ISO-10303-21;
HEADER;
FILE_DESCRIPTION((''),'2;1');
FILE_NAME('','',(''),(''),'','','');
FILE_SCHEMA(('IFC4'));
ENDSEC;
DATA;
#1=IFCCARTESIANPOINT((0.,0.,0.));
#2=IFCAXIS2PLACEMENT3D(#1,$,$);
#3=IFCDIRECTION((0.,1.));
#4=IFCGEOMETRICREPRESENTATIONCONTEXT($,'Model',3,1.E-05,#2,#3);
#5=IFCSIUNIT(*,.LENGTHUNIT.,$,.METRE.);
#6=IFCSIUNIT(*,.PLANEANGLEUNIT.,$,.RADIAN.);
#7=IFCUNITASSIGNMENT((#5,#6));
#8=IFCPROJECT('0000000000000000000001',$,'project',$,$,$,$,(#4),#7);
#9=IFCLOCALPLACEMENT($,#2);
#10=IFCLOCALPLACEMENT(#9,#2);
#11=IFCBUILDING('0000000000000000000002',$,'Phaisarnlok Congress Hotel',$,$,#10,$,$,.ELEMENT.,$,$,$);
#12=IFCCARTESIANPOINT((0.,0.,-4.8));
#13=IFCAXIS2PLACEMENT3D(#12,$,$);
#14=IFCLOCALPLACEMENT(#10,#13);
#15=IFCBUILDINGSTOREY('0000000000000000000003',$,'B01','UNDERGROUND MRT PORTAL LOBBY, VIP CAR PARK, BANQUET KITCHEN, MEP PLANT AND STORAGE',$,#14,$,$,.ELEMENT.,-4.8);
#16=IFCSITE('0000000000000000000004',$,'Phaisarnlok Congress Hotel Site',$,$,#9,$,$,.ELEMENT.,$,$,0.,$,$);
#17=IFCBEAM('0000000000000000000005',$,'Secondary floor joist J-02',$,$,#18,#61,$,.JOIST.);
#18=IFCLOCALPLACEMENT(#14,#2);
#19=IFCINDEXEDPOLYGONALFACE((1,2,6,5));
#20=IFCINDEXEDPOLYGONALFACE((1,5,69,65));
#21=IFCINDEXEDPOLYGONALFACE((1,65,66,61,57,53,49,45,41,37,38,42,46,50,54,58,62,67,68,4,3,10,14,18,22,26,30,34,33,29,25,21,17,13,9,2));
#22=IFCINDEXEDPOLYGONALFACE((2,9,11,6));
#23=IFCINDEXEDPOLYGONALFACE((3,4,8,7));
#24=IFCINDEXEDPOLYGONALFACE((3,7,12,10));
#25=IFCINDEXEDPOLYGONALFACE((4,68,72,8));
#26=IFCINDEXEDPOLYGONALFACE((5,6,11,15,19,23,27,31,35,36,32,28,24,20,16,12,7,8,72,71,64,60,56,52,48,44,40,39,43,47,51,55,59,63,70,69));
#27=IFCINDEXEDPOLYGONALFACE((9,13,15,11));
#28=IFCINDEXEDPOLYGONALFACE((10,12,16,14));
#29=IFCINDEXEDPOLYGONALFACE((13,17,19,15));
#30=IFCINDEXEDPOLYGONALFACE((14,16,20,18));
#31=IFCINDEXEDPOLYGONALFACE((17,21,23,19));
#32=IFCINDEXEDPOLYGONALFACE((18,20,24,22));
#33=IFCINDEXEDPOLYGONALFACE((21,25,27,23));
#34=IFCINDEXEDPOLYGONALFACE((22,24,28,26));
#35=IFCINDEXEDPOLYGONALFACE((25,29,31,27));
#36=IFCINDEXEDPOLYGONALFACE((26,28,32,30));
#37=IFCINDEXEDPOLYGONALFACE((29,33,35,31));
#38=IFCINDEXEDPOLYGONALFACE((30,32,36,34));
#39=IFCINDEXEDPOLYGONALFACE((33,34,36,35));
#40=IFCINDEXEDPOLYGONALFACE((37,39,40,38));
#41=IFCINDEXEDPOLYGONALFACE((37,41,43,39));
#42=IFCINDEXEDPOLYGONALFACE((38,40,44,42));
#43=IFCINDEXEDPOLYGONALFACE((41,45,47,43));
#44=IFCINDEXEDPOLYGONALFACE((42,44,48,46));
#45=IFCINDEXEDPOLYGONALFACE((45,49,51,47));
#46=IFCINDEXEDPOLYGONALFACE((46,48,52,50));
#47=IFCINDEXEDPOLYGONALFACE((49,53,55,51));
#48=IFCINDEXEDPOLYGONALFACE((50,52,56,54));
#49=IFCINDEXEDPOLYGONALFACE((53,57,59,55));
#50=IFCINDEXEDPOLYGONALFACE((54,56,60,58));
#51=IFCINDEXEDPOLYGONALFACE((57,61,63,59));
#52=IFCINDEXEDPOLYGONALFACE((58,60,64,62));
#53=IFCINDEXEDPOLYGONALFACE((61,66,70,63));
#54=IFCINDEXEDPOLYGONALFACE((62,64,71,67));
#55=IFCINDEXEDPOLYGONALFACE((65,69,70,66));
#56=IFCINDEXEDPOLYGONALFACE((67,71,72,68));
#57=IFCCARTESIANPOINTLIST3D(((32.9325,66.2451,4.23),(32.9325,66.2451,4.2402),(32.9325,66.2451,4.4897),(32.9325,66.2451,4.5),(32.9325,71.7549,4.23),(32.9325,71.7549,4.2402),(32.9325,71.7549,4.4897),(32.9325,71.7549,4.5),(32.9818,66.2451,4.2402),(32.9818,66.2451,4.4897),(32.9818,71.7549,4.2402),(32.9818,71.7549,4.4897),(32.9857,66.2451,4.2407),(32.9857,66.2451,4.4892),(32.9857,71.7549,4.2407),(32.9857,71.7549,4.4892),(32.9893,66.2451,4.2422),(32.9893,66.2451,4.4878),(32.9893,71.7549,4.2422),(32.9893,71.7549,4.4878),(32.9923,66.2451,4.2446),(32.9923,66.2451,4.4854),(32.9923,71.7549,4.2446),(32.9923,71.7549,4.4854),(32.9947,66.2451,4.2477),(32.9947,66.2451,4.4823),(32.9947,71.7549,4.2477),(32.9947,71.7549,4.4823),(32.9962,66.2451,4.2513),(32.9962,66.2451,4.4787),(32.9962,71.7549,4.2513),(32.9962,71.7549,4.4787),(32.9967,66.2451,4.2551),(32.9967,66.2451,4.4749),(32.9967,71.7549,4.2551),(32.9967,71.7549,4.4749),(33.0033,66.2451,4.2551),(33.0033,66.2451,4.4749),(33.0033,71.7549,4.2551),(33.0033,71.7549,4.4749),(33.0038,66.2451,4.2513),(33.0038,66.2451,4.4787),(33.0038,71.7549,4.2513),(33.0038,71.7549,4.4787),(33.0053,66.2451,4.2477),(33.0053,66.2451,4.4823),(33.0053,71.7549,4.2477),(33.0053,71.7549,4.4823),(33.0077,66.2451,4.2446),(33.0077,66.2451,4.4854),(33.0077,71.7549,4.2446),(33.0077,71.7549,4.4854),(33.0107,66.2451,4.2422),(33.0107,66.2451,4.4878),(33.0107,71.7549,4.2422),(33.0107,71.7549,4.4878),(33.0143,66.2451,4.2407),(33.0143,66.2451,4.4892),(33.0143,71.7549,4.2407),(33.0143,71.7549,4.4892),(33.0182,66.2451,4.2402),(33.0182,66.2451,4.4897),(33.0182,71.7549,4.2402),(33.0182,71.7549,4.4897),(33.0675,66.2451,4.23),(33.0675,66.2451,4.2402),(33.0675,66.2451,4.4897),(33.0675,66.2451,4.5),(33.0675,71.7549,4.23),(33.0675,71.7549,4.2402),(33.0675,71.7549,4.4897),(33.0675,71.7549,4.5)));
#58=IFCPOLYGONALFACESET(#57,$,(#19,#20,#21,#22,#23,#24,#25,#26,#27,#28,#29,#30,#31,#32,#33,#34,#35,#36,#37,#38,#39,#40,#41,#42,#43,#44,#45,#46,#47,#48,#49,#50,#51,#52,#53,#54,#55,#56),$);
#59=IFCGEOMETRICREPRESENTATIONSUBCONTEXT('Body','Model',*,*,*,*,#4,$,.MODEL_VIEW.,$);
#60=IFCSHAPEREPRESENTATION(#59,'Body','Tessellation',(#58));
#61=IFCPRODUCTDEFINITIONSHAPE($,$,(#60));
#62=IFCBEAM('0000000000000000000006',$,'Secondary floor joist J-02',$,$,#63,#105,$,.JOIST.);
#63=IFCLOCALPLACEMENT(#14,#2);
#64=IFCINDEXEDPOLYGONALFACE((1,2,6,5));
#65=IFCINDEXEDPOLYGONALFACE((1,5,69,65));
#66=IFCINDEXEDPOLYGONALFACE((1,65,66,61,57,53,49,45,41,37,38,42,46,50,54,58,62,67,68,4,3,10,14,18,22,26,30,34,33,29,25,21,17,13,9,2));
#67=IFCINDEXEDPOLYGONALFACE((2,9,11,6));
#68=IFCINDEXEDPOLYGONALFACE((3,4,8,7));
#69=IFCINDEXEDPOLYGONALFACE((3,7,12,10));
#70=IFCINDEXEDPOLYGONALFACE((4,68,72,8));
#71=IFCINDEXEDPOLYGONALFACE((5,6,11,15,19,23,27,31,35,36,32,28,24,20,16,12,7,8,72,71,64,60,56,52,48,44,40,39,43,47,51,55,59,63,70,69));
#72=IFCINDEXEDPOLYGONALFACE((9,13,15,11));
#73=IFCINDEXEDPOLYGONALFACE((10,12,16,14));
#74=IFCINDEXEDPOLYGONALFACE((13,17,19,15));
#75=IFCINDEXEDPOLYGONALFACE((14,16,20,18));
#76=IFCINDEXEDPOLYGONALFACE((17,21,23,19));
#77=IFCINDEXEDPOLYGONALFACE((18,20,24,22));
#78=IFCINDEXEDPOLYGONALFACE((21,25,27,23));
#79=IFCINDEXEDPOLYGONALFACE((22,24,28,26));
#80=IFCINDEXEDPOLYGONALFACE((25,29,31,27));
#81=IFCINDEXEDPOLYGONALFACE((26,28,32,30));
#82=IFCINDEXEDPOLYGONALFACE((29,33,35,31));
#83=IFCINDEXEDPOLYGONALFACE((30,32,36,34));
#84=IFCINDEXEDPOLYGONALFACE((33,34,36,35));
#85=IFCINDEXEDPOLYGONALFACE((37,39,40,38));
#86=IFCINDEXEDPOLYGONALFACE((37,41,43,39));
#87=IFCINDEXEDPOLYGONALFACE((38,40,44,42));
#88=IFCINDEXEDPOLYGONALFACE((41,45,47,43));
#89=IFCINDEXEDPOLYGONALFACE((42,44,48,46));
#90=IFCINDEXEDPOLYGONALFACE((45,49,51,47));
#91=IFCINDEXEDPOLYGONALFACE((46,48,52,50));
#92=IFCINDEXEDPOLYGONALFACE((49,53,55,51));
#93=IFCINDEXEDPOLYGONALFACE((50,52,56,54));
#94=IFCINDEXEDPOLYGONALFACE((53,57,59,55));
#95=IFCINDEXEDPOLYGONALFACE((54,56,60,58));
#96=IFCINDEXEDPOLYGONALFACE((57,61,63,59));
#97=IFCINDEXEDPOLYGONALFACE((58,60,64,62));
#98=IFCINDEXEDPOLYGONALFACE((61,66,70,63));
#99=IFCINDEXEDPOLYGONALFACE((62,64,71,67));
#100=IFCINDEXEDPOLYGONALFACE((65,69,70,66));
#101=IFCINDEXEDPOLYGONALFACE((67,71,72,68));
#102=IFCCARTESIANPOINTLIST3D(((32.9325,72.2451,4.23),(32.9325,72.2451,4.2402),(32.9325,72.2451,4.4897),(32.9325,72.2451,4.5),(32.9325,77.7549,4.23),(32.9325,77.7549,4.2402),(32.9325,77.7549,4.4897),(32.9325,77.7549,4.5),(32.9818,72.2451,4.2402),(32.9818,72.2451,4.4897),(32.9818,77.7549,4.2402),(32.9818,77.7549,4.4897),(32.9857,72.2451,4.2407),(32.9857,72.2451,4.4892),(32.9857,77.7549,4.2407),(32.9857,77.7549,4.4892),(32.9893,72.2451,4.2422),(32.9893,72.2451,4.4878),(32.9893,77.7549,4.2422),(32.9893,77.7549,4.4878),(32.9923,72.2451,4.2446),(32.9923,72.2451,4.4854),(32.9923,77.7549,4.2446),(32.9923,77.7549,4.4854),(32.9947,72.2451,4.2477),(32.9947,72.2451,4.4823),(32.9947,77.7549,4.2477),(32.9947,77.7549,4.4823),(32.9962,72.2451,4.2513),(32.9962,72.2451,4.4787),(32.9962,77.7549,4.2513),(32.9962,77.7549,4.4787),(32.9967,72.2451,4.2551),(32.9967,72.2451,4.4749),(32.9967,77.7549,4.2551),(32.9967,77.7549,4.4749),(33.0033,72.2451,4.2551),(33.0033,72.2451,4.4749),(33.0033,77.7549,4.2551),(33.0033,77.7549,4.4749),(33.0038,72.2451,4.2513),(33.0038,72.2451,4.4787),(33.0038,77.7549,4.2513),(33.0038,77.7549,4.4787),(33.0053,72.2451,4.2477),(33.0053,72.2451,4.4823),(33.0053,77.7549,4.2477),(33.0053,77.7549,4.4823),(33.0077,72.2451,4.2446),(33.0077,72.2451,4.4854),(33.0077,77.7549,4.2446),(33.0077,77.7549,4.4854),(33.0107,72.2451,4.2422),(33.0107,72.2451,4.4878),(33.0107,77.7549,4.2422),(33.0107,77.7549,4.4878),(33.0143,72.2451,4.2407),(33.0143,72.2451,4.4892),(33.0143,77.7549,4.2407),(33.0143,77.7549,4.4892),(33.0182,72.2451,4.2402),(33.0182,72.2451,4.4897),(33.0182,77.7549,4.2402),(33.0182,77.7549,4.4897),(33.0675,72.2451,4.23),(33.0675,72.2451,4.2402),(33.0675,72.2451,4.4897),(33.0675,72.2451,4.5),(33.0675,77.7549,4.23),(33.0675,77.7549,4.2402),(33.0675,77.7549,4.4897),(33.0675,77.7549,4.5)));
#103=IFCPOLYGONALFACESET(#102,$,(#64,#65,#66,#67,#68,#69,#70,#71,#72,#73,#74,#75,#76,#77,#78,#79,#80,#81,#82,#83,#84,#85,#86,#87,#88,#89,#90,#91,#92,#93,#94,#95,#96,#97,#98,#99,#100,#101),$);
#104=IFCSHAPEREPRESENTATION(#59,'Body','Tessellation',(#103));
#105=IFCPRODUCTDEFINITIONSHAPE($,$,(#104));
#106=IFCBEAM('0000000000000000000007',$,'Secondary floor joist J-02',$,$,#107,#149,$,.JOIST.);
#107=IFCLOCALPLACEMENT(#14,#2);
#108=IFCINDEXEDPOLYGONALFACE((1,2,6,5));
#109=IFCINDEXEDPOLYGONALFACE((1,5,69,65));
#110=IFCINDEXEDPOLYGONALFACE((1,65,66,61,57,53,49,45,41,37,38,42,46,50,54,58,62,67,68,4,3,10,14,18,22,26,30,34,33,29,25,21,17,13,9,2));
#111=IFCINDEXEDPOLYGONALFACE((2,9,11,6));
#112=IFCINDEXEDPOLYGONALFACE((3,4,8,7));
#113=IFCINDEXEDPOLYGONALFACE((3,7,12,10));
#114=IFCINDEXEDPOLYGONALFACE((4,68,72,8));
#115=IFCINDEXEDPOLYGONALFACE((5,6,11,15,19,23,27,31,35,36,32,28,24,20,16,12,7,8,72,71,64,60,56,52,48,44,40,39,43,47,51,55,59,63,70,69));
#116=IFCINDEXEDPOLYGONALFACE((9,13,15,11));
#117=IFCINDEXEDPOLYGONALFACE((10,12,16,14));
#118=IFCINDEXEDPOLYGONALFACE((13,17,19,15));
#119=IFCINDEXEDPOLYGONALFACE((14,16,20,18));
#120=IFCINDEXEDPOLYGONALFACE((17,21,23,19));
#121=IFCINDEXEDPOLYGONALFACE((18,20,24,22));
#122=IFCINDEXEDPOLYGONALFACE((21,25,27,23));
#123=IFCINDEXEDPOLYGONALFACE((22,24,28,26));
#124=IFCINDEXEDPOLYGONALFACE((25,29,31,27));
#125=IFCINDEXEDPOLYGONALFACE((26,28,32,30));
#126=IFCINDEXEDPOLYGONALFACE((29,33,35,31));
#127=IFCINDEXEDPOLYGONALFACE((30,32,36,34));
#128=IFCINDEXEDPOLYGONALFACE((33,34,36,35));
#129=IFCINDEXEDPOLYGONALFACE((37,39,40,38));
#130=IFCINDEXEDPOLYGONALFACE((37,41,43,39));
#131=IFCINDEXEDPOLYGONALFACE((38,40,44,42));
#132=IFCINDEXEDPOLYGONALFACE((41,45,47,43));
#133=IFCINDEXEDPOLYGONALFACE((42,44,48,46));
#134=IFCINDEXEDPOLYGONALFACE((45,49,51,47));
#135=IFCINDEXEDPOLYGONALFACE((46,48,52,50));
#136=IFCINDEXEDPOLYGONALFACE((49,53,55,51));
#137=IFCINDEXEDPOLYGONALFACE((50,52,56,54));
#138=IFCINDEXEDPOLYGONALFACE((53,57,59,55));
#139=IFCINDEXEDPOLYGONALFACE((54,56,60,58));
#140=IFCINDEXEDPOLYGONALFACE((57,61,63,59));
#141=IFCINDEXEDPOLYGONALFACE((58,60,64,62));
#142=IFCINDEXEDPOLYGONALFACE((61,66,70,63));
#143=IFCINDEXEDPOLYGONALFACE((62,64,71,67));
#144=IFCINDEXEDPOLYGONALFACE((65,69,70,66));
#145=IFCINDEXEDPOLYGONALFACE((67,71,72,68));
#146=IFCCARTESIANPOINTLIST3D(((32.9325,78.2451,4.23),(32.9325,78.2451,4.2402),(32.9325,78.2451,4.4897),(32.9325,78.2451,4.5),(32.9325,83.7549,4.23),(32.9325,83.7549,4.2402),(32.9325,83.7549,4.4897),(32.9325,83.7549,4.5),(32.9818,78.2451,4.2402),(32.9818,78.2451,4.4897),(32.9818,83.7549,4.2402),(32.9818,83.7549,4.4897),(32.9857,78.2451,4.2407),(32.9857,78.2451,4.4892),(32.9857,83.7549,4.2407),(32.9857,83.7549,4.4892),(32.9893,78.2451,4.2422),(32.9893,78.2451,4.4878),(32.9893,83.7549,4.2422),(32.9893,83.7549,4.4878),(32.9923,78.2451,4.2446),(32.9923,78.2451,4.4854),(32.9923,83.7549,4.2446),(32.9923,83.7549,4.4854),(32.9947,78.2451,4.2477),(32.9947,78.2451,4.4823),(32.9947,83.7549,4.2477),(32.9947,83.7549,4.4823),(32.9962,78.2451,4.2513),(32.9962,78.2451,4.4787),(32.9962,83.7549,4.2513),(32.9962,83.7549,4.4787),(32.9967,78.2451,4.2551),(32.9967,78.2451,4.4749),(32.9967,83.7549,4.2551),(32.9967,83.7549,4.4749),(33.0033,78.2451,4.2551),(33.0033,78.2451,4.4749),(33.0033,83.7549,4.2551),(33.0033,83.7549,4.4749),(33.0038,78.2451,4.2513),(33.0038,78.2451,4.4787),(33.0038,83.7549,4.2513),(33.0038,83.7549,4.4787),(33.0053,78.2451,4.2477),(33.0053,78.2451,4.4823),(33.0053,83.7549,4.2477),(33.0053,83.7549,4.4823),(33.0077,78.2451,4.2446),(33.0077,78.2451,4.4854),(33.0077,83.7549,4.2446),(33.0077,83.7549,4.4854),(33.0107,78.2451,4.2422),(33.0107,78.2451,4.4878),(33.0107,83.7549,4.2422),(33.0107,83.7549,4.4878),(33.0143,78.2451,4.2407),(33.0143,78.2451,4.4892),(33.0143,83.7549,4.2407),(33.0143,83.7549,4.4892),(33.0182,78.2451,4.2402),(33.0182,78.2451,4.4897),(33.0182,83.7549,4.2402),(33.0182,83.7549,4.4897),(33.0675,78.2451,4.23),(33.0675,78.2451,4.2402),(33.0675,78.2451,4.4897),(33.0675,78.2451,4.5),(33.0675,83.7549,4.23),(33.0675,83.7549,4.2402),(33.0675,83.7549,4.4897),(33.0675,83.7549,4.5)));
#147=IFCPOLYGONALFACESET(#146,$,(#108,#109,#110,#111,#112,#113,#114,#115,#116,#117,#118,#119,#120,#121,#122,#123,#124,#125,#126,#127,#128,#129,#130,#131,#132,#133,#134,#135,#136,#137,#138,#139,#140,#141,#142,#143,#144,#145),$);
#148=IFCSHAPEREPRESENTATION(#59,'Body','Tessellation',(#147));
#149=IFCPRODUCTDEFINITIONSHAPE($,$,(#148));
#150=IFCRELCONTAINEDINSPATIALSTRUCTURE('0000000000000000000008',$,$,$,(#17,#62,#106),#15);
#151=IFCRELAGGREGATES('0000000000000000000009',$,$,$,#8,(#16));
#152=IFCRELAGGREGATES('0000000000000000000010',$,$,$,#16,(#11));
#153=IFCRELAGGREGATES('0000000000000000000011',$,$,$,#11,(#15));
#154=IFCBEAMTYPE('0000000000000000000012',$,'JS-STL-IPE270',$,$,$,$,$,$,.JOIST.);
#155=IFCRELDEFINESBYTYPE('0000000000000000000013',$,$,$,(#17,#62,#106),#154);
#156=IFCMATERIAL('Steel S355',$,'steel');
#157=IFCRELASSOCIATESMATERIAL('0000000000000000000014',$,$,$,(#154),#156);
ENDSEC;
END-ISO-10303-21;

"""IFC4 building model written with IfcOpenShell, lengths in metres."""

from ifc_helpers import new_model, si_unit, direction, frame, origin, origin_2d, place, context, subcontext, project, spatial, i_section, extrude, material, material_profile, profile_set, type_object, element, save


model = new_model("IFC4")

# Units and contexts
model_context = context("Model", 3, precision=1e-05, world=origin(), true_north=direction((0.0, 1.0)))
body_context = subcontext(model_context, "Body", "Model", "MODEL_VIEW")
ifc_project = project(units=[si_unit("LENGTHUNIT", "METRE"), si_unit("PLANEANGLEUNIT", "RADIAN")], contexts=[model_context])

# Site, building, storey
site_placement = place(None, origin())
site = spatial("IfcSite", under=ifc_project, at=site_placement, Name="Phaisarnlok Congress Hotel Site", CompositionType="ELEMENT", RefElevation=0.0)
building_placement = place(site_placement, origin())
building = spatial("IfcBuilding", under=site, at=building_placement, Name="Phaisarnlok Congress Hotel", CompositionType="ELEMENT")
storey_placement = place(building_placement, frame((0.0, 0.0, -4.8)))
storey = spatial("IfcBuildingStorey", under=building, at=storey_placement, Name="B01", Description="UNDERGROUND MRT PORTAL LOBBY, VIP CAR PARK, BANQUET KITCHEN, MEP PLANT AND STORAGE", CompositionType="ELEMENT", Elevation=-4.8)

# Beams
ifc_material_1 = material(Name="Steel S355", Category="steel")
ifc_material_profile_1 = material_profile(ifc_material_1, i_section(OverallWidth=0.135, OverallDepth=0.27, WebThickness=0.0066, FlangeThickness=0.0103, FilletRadius=0.0149, at=origin_2d()), Name="IPE 270")
ifc_profile_set_1 = profile_set([ifc_material_profile_1], Name="Steel S355")
beam_type_1 = type_object("IfcBeamType", Name="JS-STL-IPE270", PredefinedType="JOIST", material=ifc_profile_set_1)
for number, where, z_axis, x_axis, name in (
    (1, (33.0, 66.2451, 4.365), (0.0, 1.0, 0.0), (-1.0, 0.0, 0.0), "Secondary floor joist J-02"),
    (2, (33.0, 72.2451, 4.365), (0.0, 1.0, 0.0), (-1.0, 0.0, 0.0), "Secondary floor joist J-02"),
    (3, (33.0, 78.2451, 4.365), (0.0, 1.0, 0.0), (-1.0, 0.0, 0.0), "Secondary floor joist J-02"),
):
    element("IfcBeam", number, at=place(storey_placement, frame(where, z_axis=z_axis, x_axis=x_axis)), inside=storey, type_object=beam_type_1, Name=name, PredefinedType="JOIST", context=body_context, shape_type="SweptSolid", body=[
        extrude(i_section(OverallWidth=0.135, OverallDepth=0.27, WebThickness=0.0066, FlangeThickness=0.0103, FilletRadius=0.0149, at=origin_2d()), origin(), (0.0, 0.0, 1.0), 5.5098),
    ])

save(model, "model.ifc")
